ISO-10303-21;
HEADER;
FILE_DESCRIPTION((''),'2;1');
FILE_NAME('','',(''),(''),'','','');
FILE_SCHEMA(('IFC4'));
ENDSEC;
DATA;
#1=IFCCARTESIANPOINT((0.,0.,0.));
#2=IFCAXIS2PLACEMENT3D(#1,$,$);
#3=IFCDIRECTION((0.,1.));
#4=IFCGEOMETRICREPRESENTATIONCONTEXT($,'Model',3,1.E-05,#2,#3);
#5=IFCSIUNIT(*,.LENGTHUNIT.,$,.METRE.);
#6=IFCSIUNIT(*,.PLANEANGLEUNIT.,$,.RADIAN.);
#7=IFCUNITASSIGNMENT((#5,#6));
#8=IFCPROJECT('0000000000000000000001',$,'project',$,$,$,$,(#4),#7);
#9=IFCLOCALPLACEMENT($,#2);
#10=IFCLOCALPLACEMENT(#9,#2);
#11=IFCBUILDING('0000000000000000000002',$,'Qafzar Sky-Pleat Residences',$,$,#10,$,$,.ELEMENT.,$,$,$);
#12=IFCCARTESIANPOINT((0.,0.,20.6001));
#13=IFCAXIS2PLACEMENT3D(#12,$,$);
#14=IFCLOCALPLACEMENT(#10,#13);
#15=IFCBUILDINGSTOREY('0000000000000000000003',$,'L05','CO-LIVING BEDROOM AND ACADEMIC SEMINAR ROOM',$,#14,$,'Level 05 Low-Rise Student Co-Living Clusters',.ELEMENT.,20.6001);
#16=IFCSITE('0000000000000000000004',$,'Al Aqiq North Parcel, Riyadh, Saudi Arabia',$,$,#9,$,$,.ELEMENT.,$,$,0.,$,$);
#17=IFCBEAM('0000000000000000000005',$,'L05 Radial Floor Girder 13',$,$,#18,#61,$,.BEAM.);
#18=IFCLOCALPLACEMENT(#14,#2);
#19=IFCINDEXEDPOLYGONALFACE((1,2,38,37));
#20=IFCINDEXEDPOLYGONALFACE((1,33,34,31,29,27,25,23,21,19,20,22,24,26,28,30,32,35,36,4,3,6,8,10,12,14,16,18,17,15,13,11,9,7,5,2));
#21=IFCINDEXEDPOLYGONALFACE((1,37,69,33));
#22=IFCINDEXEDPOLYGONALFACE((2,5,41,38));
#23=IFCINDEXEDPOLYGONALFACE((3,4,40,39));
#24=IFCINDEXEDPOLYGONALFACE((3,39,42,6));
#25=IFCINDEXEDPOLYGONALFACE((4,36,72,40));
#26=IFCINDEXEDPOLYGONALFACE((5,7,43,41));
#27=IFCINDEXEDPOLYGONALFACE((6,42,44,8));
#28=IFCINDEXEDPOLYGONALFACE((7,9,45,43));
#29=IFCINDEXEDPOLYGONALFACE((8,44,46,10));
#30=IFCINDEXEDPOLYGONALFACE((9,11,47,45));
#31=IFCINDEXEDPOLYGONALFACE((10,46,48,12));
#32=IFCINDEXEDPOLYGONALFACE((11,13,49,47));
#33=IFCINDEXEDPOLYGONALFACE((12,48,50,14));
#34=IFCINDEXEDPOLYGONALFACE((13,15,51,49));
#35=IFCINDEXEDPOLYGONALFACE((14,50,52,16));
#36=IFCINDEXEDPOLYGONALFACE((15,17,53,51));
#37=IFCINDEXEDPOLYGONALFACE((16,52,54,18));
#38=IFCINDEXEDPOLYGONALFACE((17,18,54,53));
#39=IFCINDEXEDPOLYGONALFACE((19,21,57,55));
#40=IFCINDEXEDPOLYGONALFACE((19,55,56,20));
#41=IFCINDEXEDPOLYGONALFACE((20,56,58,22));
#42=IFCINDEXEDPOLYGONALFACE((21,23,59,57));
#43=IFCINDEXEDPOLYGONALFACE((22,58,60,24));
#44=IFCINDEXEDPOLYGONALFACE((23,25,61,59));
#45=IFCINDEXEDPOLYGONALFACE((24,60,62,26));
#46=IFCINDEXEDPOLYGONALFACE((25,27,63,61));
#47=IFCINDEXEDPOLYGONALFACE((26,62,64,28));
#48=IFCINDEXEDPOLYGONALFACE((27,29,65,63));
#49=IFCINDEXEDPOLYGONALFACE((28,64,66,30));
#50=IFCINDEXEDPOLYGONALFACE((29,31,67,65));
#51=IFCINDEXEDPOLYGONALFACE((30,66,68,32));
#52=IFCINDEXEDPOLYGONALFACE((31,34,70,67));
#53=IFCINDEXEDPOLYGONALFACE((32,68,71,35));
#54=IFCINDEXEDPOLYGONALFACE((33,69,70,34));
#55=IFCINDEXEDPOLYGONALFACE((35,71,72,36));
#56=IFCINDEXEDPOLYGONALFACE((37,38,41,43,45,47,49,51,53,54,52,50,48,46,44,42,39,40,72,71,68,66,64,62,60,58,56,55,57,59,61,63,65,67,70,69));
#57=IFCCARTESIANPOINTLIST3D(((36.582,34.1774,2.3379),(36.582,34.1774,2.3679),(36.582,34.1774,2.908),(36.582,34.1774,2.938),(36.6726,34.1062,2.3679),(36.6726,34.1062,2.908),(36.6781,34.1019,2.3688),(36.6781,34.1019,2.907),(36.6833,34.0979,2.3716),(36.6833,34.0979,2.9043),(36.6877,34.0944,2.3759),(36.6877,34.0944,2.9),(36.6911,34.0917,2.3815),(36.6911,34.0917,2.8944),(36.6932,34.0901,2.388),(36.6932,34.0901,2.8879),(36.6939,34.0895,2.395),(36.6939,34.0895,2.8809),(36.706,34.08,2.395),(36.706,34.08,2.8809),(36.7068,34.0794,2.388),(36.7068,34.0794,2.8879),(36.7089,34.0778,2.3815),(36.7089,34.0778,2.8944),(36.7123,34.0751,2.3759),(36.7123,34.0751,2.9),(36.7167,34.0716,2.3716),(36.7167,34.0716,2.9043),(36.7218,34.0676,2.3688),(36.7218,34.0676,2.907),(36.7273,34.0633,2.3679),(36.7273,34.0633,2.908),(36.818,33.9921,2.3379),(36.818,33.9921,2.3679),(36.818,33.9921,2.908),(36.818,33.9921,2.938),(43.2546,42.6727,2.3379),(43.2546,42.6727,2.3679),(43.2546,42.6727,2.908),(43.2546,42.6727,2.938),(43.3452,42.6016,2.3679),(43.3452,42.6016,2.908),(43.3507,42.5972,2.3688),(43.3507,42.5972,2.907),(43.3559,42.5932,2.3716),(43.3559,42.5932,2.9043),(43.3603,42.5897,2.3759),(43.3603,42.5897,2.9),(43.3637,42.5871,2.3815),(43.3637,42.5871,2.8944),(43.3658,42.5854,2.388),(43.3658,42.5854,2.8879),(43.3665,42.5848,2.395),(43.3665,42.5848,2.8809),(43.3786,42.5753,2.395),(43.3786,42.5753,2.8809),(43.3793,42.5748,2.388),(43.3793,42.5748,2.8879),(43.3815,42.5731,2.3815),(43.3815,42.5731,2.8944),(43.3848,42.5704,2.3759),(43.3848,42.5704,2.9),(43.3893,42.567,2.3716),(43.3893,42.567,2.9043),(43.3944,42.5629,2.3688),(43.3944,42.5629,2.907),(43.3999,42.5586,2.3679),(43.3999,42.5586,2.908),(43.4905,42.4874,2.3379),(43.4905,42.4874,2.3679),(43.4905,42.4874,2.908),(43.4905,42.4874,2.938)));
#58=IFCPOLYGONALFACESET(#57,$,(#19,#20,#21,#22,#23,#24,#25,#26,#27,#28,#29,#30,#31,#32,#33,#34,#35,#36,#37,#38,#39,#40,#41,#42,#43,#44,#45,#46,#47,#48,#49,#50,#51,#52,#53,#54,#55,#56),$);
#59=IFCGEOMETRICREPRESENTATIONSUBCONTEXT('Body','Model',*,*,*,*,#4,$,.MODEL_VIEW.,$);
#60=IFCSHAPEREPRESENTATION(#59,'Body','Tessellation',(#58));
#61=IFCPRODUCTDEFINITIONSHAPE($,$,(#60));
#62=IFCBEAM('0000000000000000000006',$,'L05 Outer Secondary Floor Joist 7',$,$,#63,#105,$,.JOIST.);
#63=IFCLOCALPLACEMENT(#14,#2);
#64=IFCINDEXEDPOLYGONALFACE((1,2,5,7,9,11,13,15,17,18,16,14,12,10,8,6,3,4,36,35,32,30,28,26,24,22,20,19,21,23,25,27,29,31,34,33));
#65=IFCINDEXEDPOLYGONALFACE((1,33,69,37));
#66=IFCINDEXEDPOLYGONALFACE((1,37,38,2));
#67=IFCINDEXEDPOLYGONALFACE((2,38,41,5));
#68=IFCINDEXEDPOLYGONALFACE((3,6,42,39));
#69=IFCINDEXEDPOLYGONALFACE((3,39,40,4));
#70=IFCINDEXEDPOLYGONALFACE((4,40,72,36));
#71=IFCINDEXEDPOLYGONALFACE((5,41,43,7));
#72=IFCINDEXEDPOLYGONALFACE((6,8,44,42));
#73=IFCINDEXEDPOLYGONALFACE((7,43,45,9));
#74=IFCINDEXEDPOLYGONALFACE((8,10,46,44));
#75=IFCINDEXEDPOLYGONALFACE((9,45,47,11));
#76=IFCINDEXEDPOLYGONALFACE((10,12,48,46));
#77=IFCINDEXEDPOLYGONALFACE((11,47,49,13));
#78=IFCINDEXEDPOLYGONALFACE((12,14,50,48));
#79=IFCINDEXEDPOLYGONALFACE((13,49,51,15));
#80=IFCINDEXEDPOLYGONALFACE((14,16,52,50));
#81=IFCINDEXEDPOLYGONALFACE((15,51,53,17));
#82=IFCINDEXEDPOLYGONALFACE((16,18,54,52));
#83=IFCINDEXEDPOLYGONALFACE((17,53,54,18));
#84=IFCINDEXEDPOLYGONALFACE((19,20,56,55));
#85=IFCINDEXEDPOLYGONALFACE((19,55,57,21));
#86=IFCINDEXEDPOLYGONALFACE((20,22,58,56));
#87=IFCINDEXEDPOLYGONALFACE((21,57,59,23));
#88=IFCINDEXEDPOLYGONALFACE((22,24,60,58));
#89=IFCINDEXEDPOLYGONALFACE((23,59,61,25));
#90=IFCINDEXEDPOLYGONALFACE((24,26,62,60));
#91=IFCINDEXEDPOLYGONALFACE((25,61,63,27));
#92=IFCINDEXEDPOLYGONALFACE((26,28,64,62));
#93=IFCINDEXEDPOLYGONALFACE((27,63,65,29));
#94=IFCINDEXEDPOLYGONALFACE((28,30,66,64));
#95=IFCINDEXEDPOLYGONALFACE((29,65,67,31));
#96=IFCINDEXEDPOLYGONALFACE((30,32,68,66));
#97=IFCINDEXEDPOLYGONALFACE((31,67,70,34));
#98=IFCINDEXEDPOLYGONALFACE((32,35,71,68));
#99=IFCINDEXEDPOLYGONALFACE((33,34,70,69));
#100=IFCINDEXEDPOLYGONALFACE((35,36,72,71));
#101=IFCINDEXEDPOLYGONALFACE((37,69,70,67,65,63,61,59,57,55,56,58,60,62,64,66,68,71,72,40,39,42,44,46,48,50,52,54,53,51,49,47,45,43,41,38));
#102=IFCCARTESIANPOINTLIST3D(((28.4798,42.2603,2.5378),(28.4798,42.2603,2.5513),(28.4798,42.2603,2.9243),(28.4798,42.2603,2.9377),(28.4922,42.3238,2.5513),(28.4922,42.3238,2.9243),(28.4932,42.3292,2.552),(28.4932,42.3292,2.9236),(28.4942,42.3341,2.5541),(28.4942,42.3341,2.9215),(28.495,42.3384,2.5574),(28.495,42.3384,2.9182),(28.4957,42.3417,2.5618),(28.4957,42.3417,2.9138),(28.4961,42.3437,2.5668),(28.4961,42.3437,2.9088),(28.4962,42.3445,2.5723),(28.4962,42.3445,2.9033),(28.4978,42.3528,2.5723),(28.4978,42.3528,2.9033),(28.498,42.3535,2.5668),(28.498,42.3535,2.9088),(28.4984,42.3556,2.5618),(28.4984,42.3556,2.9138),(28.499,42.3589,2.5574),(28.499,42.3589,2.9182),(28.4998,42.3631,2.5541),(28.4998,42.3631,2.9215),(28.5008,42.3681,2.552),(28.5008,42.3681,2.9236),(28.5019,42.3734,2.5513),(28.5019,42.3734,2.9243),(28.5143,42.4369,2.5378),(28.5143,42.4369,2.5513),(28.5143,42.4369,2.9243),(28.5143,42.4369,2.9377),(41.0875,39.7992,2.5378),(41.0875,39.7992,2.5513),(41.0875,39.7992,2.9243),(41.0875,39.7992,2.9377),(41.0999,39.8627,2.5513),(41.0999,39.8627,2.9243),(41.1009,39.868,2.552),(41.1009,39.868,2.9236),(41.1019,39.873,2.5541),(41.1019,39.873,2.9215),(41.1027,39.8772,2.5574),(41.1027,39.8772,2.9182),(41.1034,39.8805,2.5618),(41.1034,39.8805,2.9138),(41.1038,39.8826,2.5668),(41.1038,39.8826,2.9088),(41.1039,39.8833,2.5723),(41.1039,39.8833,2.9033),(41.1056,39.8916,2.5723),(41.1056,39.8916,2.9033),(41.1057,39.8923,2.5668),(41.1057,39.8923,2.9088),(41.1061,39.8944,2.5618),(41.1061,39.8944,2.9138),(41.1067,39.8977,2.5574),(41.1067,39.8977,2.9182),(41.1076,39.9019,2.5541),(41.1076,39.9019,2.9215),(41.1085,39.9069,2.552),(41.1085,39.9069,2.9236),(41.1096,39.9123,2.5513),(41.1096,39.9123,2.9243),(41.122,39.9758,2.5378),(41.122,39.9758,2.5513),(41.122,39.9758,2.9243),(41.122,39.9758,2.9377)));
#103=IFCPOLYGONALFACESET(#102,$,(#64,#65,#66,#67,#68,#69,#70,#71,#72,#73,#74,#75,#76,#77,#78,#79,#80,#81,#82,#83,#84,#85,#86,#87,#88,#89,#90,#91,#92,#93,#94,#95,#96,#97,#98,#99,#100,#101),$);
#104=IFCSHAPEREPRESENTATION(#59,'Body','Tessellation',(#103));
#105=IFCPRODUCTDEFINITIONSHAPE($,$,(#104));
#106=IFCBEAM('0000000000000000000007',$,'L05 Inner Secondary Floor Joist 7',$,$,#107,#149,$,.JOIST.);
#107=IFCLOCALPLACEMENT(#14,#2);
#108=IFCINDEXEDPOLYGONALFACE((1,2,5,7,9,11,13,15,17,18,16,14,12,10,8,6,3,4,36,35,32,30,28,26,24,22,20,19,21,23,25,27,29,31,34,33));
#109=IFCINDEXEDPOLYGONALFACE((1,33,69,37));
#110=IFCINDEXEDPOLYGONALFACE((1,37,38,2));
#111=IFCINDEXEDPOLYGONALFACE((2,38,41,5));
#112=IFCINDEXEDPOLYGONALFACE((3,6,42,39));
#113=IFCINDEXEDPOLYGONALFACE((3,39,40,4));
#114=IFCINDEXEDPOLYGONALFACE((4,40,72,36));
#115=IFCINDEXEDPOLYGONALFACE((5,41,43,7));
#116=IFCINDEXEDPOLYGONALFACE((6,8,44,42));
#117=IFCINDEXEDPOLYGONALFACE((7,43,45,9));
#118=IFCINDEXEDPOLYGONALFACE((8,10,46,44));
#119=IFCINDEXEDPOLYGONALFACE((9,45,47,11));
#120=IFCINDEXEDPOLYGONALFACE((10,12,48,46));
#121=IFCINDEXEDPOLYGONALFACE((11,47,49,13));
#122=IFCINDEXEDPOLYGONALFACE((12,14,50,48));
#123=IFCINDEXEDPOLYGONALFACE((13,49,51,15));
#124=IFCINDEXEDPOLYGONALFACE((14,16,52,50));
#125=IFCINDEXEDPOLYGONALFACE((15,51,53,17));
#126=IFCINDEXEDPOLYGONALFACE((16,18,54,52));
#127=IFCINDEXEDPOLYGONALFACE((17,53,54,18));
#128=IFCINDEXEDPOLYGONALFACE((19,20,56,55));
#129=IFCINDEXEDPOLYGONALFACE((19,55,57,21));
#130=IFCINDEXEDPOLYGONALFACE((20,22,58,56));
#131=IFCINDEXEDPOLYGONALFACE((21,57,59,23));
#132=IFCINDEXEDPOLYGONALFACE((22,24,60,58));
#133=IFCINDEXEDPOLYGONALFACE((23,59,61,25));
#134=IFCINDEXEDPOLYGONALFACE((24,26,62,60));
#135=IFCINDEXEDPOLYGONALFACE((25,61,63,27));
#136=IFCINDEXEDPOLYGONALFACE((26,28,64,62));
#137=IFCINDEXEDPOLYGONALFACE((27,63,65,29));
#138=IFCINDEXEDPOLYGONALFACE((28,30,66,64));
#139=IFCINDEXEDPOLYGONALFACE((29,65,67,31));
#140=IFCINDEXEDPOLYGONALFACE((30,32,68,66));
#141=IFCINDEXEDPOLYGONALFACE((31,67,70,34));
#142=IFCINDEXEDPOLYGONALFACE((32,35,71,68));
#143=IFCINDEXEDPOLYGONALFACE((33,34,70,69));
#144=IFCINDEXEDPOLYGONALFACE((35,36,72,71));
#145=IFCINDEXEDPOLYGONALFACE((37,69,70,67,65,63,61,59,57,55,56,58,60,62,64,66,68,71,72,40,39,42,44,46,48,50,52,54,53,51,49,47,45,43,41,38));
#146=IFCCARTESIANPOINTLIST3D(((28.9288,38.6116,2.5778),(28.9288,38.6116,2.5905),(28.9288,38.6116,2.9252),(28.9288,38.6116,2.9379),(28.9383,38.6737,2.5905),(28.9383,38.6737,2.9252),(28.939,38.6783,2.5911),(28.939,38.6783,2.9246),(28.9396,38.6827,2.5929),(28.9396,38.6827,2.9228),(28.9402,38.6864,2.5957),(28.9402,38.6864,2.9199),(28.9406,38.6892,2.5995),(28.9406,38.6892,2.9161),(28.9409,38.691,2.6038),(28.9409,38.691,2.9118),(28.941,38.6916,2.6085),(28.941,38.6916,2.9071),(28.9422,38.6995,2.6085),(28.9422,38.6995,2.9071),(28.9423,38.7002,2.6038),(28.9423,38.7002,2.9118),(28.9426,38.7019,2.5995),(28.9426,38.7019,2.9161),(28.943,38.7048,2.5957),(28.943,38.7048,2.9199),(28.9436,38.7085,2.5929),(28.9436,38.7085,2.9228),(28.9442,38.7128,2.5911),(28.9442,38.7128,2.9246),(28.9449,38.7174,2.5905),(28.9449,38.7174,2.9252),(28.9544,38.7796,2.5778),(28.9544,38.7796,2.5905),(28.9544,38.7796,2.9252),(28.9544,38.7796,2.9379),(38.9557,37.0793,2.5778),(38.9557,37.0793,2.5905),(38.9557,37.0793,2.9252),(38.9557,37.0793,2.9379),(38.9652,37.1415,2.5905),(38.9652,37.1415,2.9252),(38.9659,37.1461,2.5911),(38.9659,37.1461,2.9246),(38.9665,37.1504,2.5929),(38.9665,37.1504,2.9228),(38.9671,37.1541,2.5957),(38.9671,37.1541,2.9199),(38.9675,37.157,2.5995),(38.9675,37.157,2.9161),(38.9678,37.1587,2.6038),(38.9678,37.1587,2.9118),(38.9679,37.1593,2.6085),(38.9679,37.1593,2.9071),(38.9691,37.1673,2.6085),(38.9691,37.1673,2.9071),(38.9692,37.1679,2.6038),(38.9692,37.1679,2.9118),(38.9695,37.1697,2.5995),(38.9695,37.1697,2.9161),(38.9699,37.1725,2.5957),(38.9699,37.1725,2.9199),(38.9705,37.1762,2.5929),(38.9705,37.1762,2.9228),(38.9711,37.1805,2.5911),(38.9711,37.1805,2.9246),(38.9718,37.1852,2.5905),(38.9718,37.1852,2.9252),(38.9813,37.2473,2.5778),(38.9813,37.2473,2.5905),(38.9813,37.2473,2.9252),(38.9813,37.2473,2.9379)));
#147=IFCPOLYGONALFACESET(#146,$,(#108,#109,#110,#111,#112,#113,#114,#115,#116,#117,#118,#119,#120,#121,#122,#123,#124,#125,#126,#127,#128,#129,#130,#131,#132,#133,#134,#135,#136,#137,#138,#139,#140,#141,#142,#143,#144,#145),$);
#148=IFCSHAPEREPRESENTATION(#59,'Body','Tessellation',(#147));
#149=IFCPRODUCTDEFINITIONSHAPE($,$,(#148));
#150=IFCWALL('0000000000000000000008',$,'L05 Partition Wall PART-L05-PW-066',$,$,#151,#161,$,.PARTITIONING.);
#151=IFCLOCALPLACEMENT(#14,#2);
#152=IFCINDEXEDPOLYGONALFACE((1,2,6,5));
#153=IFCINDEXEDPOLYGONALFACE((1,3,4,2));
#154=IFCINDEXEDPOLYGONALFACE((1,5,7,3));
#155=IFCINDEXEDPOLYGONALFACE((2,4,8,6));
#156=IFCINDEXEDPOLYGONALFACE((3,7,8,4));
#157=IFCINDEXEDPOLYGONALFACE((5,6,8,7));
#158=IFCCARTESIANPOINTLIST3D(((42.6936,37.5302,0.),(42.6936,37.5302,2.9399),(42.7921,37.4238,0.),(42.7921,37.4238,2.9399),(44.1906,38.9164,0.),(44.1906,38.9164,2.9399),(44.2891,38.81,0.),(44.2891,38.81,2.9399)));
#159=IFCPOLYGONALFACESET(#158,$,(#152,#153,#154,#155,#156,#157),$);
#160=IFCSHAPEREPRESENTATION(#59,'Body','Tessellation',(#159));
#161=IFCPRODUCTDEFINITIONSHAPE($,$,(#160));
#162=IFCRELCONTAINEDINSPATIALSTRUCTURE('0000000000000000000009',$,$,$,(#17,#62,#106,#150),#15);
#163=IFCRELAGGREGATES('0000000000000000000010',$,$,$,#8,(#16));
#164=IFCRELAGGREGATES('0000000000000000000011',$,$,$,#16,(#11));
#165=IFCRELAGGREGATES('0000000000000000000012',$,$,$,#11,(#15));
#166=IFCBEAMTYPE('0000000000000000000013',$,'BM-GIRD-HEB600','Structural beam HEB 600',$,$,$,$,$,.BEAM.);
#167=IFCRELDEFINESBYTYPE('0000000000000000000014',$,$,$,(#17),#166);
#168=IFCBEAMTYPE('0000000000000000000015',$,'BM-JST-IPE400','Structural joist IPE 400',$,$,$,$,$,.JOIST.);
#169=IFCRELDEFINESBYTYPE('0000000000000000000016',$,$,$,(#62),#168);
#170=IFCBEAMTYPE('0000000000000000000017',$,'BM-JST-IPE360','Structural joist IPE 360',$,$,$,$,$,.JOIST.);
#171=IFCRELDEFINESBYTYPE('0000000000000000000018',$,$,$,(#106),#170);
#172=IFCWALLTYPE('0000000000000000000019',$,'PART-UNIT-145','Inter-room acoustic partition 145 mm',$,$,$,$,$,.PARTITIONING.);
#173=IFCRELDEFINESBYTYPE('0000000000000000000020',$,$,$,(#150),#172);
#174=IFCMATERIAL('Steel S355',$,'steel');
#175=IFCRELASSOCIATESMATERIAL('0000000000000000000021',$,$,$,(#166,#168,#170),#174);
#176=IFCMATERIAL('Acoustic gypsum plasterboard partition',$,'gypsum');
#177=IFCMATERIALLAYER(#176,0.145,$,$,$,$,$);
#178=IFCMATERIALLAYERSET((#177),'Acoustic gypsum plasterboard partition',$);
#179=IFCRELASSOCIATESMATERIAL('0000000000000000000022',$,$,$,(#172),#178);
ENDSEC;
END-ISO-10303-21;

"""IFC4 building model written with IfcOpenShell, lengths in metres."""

from ifc_helpers import new_model, si_unit, direction, frame, frame_2d, origin, origin_2d, place, context, subcontext, project, spatial, rectangle, i_section, extrude, source, transform, mapped, material, layer, layer_set, material_profile, profile_set, type_object, element, save


model = new_model("IFC4")

# Units and contexts
model_context = context("Model", 3, precision=1e-05, world=origin(), true_north=direction((0.0, 1.0)))
body_context = subcontext(model_context, "Body", "Model", "MODEL_VIEW")
ifc_project = project(units=[si_unit("LENGTHUNIT", "METRE"), si_unit("PLANEANGLEUNIT", "RADIAN")], contexts=[model_context])

# Site, building, storey
site_placement = place(None, origin())
site = spatial("IfcSite", under=ifc_project, at=site_placement, Name="Al Aqiq North Parcel, Riyadh, Saudi Arabia", CompositionType="ELEMENT", RefElevation=0.0)
building_placement = place(site_placement, origin())
building = spatial("IfcBuilding", under=site, at=building_placement, Name="Qafzar Sky-Pleat Residences", CompositionType="ELEMENT")
storey_placement = place(building_placement, frame((0.0, 0.0, 20.6001)))
storey = spatial("IfcBuildingStorey", under=building, at=storey_placement, Name="L05", Description="CO-LIVING BEDROOM AND ACADEMIC SEMINAR ROOM", LongName="Level 05 Low-Rise Student Co-Living Clusters", CompositionType="ELEMENT", Elevation=20.6001)

# Beams
ifc_material_1 = material(Name="Steel S355", Category="steel")
ifc_material_profile_1 = material_profile(ifc_material_1, i_section(OverallWidth=0.3, OverallDepth=0.6001, WebThickness=0.0154, FlangeThickness=0.03, FilletRadius=0.0271, at=origin_2d()), Name="HEB 600")
ifc_profile_set_1 = profile_set([ifc_material_profile_1], Name="Steel S355")
beam_type_1 = type_object("IfcBeamType", Name="BM-GIRD-HEB600", Description="Structural beam HEB 600", PredefinedType="BEAM", material=ifc_profile_set_1)
shared_shape_1 = source(origin(), body_context, "Body", "SweptSolid", [
    extrude(i_section(OverallWidth=0.3, OverallDepth=0.6001, WebThickness=0.0154, FlangeThickness=0.03, FilletRadius=0.0271, at=origin_2d()), origin(), (0.0, 0.0, 1.0), 10.8025),
])
beam_1_placement = place(storey_placement, frame((43.3726, 42.5801, 2.6379), z_axis=(-0.617689, -0.786423, 0.0), x_axis=(0.786423, -0.617689, 0.0)))
element("IfcBeam", 1, at=beam_1_placement, inside=storey, type_object=beam_type_1, Name="L05 Radial Floor Girder 13", PredefinedType="BEAM", context=body_context, shape_type="MappedRepresentation", body=[
    mapped(shared_shape_1, transform((0.0, 0.0, 0.0), x_axis=(1.0, 0.0, 0.0), y_axis=(0.0, 1.0, 0.0), z_axis=(0.0, 0.0, 1.0), scale=1.0)),
])
ifc_material_profile_2 = material_profile(ifc_material_1, i_section(OverallWidth=0.1799, OverallDepth=0.3999, WebThickness=0.0085, FlangeThickness=0.0134, FilletRadius=0.021, at=origin_2d()), Name="IPE 400")
ifc_profile_set_2 = profile_set([ifc_material_profile_2], Name="Steel S355")
beam_type_2 = type_object("IfcBeamType", Name="BM-JST-IPE400", Description="Structural joist IPE 400", PredefinedType="JOIST", material=ifc_profile_set_2)
shared_shape_2 = source(origin(), body_context, "Body", "SweptSolid", [
    extrude(i_section(OverallWidth=0.1799, OverallDepth=0.3999, WebThickness=0.0085, FlangeThickness=0.0134, FilletRadius=0.021, at=origin_2d()), origin(), (0.0, 0.0, 1.0), 12.8457),
])
beam_2_placement = place(storey_placement, frame((41.1047, 39.8875, 2.7378), z_axis=(-0.981474, 0.191597, 0.0), x_axis=(-0.191597, -0.981474, 0.0)))
element("IfcBeam", 2, at=beam_2_placement, inside=storey, type_object=beam_type_2, Name="L05 Outer Secondary Floor Joist 7", PredefinedType="JOIST", context=body_context, shape_type="MappedRepresentation", body=[
    mapped(shared_shape_2, transform((0.0, 0.0, 0.0), x_axis=(1.0, 0.0, 0.0), y_axis=(0.0, 1.0, 0.0), z_axis=(0.0, 0.0, 1.0), scale=1.0)),
])
ifc_material_profile_3 = material_profile(ifc_material_1, i_section(OverallWidth=0.1699, OverallDepth=0.3601, WebThickness=0.0081, FlangeThickness=0.0127, FilletRadius=0.0181, at=origin_2d()), Name="IPE 360")
ifc_profile_set_3 = profile_set([ifc_material_profile_3], Name="Steel S355")
beam_type_3 = type_object("IfcBeamType", Name="BM-JST-IPE360", Description="Structural joist IPE 360", PredefinedType="JOIST", material=ifc_profile_set_3)
shared_shape_3 = source(origin(), body_context, "Body", "SweptSolid", [
    extrude(i_section(OverallWidth=0.1699, OverallDepth=0.3601, WebThickness=0.0081, FlangeThickness=0.0127, FilletRadius=0.0181, at=origin_2d()), origin(), (0.0, 0.0, 1.0), 10.1433),
])
beam_3_placement = place(storey_placement, frame((38.9685, 37.1633, 2.7578), z_axis=(-0.988525, 0.151059, 0.0), x_axis=(-0.151059, -0.988525, 0.0)))
element("IfcBeam", 3, at=beam_3_placement, inside=storey, type_object=beam_type_3, Name="L05 Inner Secondary Floor Joist 7", PredefinedType="JOIST", context=body_context, shape_type="MappedRepresentation", body=[
    mapped(shared_shape_3, transform((0.0, 0.0, 0.0), x_axis=(1.0, 0.0, 0.0), y_axis=(0.0, 1.0, 0.0), z_axis=(0.0, 0.0, 1.0), scale=1.0)),
])

# Wall
ifc_material_2 = material(Name="Acoustic gypsum plasterboard partition", Category="gypsum")
ifc_layer_1 = layer(ifc_material_2, 0.145)
ifc_layer_set_1 = layer_set([ifc_layer_1], Name="Acoustic gypsum plasterboard partition")
wall_type_1 = type_object("IfcWallType", Name="PART-UNIT-145", Description="Inter-room acoustic partition 145 mm", PredefinedType="PARTITIONING", material=ifc_layer_set_1)
wall_1_placement = place(storey_placement, frame((42.7429, 37.4771, 0.0), z_axis=(0.0, 0.0, 1.0), x_axis=(0.733747, 0.679422, 0.0)))
element("IfcWall", 4, at=wall_1_placement, inside=storey, type_object=wall_type_1, Name="L05 Partition Wall PART-L05-PW-066", PredefinedType="PARTITIONING", context=body_context, shape_type="SweptSolid", body=[
    extrude(rectangle(XDim=2.0403, YDim=0.145, at=frame_2d((1.02, 0.0))), origin(), (0.0, 0.0, 1.0), 2.9399),
])

save(model, "model.ifc")
